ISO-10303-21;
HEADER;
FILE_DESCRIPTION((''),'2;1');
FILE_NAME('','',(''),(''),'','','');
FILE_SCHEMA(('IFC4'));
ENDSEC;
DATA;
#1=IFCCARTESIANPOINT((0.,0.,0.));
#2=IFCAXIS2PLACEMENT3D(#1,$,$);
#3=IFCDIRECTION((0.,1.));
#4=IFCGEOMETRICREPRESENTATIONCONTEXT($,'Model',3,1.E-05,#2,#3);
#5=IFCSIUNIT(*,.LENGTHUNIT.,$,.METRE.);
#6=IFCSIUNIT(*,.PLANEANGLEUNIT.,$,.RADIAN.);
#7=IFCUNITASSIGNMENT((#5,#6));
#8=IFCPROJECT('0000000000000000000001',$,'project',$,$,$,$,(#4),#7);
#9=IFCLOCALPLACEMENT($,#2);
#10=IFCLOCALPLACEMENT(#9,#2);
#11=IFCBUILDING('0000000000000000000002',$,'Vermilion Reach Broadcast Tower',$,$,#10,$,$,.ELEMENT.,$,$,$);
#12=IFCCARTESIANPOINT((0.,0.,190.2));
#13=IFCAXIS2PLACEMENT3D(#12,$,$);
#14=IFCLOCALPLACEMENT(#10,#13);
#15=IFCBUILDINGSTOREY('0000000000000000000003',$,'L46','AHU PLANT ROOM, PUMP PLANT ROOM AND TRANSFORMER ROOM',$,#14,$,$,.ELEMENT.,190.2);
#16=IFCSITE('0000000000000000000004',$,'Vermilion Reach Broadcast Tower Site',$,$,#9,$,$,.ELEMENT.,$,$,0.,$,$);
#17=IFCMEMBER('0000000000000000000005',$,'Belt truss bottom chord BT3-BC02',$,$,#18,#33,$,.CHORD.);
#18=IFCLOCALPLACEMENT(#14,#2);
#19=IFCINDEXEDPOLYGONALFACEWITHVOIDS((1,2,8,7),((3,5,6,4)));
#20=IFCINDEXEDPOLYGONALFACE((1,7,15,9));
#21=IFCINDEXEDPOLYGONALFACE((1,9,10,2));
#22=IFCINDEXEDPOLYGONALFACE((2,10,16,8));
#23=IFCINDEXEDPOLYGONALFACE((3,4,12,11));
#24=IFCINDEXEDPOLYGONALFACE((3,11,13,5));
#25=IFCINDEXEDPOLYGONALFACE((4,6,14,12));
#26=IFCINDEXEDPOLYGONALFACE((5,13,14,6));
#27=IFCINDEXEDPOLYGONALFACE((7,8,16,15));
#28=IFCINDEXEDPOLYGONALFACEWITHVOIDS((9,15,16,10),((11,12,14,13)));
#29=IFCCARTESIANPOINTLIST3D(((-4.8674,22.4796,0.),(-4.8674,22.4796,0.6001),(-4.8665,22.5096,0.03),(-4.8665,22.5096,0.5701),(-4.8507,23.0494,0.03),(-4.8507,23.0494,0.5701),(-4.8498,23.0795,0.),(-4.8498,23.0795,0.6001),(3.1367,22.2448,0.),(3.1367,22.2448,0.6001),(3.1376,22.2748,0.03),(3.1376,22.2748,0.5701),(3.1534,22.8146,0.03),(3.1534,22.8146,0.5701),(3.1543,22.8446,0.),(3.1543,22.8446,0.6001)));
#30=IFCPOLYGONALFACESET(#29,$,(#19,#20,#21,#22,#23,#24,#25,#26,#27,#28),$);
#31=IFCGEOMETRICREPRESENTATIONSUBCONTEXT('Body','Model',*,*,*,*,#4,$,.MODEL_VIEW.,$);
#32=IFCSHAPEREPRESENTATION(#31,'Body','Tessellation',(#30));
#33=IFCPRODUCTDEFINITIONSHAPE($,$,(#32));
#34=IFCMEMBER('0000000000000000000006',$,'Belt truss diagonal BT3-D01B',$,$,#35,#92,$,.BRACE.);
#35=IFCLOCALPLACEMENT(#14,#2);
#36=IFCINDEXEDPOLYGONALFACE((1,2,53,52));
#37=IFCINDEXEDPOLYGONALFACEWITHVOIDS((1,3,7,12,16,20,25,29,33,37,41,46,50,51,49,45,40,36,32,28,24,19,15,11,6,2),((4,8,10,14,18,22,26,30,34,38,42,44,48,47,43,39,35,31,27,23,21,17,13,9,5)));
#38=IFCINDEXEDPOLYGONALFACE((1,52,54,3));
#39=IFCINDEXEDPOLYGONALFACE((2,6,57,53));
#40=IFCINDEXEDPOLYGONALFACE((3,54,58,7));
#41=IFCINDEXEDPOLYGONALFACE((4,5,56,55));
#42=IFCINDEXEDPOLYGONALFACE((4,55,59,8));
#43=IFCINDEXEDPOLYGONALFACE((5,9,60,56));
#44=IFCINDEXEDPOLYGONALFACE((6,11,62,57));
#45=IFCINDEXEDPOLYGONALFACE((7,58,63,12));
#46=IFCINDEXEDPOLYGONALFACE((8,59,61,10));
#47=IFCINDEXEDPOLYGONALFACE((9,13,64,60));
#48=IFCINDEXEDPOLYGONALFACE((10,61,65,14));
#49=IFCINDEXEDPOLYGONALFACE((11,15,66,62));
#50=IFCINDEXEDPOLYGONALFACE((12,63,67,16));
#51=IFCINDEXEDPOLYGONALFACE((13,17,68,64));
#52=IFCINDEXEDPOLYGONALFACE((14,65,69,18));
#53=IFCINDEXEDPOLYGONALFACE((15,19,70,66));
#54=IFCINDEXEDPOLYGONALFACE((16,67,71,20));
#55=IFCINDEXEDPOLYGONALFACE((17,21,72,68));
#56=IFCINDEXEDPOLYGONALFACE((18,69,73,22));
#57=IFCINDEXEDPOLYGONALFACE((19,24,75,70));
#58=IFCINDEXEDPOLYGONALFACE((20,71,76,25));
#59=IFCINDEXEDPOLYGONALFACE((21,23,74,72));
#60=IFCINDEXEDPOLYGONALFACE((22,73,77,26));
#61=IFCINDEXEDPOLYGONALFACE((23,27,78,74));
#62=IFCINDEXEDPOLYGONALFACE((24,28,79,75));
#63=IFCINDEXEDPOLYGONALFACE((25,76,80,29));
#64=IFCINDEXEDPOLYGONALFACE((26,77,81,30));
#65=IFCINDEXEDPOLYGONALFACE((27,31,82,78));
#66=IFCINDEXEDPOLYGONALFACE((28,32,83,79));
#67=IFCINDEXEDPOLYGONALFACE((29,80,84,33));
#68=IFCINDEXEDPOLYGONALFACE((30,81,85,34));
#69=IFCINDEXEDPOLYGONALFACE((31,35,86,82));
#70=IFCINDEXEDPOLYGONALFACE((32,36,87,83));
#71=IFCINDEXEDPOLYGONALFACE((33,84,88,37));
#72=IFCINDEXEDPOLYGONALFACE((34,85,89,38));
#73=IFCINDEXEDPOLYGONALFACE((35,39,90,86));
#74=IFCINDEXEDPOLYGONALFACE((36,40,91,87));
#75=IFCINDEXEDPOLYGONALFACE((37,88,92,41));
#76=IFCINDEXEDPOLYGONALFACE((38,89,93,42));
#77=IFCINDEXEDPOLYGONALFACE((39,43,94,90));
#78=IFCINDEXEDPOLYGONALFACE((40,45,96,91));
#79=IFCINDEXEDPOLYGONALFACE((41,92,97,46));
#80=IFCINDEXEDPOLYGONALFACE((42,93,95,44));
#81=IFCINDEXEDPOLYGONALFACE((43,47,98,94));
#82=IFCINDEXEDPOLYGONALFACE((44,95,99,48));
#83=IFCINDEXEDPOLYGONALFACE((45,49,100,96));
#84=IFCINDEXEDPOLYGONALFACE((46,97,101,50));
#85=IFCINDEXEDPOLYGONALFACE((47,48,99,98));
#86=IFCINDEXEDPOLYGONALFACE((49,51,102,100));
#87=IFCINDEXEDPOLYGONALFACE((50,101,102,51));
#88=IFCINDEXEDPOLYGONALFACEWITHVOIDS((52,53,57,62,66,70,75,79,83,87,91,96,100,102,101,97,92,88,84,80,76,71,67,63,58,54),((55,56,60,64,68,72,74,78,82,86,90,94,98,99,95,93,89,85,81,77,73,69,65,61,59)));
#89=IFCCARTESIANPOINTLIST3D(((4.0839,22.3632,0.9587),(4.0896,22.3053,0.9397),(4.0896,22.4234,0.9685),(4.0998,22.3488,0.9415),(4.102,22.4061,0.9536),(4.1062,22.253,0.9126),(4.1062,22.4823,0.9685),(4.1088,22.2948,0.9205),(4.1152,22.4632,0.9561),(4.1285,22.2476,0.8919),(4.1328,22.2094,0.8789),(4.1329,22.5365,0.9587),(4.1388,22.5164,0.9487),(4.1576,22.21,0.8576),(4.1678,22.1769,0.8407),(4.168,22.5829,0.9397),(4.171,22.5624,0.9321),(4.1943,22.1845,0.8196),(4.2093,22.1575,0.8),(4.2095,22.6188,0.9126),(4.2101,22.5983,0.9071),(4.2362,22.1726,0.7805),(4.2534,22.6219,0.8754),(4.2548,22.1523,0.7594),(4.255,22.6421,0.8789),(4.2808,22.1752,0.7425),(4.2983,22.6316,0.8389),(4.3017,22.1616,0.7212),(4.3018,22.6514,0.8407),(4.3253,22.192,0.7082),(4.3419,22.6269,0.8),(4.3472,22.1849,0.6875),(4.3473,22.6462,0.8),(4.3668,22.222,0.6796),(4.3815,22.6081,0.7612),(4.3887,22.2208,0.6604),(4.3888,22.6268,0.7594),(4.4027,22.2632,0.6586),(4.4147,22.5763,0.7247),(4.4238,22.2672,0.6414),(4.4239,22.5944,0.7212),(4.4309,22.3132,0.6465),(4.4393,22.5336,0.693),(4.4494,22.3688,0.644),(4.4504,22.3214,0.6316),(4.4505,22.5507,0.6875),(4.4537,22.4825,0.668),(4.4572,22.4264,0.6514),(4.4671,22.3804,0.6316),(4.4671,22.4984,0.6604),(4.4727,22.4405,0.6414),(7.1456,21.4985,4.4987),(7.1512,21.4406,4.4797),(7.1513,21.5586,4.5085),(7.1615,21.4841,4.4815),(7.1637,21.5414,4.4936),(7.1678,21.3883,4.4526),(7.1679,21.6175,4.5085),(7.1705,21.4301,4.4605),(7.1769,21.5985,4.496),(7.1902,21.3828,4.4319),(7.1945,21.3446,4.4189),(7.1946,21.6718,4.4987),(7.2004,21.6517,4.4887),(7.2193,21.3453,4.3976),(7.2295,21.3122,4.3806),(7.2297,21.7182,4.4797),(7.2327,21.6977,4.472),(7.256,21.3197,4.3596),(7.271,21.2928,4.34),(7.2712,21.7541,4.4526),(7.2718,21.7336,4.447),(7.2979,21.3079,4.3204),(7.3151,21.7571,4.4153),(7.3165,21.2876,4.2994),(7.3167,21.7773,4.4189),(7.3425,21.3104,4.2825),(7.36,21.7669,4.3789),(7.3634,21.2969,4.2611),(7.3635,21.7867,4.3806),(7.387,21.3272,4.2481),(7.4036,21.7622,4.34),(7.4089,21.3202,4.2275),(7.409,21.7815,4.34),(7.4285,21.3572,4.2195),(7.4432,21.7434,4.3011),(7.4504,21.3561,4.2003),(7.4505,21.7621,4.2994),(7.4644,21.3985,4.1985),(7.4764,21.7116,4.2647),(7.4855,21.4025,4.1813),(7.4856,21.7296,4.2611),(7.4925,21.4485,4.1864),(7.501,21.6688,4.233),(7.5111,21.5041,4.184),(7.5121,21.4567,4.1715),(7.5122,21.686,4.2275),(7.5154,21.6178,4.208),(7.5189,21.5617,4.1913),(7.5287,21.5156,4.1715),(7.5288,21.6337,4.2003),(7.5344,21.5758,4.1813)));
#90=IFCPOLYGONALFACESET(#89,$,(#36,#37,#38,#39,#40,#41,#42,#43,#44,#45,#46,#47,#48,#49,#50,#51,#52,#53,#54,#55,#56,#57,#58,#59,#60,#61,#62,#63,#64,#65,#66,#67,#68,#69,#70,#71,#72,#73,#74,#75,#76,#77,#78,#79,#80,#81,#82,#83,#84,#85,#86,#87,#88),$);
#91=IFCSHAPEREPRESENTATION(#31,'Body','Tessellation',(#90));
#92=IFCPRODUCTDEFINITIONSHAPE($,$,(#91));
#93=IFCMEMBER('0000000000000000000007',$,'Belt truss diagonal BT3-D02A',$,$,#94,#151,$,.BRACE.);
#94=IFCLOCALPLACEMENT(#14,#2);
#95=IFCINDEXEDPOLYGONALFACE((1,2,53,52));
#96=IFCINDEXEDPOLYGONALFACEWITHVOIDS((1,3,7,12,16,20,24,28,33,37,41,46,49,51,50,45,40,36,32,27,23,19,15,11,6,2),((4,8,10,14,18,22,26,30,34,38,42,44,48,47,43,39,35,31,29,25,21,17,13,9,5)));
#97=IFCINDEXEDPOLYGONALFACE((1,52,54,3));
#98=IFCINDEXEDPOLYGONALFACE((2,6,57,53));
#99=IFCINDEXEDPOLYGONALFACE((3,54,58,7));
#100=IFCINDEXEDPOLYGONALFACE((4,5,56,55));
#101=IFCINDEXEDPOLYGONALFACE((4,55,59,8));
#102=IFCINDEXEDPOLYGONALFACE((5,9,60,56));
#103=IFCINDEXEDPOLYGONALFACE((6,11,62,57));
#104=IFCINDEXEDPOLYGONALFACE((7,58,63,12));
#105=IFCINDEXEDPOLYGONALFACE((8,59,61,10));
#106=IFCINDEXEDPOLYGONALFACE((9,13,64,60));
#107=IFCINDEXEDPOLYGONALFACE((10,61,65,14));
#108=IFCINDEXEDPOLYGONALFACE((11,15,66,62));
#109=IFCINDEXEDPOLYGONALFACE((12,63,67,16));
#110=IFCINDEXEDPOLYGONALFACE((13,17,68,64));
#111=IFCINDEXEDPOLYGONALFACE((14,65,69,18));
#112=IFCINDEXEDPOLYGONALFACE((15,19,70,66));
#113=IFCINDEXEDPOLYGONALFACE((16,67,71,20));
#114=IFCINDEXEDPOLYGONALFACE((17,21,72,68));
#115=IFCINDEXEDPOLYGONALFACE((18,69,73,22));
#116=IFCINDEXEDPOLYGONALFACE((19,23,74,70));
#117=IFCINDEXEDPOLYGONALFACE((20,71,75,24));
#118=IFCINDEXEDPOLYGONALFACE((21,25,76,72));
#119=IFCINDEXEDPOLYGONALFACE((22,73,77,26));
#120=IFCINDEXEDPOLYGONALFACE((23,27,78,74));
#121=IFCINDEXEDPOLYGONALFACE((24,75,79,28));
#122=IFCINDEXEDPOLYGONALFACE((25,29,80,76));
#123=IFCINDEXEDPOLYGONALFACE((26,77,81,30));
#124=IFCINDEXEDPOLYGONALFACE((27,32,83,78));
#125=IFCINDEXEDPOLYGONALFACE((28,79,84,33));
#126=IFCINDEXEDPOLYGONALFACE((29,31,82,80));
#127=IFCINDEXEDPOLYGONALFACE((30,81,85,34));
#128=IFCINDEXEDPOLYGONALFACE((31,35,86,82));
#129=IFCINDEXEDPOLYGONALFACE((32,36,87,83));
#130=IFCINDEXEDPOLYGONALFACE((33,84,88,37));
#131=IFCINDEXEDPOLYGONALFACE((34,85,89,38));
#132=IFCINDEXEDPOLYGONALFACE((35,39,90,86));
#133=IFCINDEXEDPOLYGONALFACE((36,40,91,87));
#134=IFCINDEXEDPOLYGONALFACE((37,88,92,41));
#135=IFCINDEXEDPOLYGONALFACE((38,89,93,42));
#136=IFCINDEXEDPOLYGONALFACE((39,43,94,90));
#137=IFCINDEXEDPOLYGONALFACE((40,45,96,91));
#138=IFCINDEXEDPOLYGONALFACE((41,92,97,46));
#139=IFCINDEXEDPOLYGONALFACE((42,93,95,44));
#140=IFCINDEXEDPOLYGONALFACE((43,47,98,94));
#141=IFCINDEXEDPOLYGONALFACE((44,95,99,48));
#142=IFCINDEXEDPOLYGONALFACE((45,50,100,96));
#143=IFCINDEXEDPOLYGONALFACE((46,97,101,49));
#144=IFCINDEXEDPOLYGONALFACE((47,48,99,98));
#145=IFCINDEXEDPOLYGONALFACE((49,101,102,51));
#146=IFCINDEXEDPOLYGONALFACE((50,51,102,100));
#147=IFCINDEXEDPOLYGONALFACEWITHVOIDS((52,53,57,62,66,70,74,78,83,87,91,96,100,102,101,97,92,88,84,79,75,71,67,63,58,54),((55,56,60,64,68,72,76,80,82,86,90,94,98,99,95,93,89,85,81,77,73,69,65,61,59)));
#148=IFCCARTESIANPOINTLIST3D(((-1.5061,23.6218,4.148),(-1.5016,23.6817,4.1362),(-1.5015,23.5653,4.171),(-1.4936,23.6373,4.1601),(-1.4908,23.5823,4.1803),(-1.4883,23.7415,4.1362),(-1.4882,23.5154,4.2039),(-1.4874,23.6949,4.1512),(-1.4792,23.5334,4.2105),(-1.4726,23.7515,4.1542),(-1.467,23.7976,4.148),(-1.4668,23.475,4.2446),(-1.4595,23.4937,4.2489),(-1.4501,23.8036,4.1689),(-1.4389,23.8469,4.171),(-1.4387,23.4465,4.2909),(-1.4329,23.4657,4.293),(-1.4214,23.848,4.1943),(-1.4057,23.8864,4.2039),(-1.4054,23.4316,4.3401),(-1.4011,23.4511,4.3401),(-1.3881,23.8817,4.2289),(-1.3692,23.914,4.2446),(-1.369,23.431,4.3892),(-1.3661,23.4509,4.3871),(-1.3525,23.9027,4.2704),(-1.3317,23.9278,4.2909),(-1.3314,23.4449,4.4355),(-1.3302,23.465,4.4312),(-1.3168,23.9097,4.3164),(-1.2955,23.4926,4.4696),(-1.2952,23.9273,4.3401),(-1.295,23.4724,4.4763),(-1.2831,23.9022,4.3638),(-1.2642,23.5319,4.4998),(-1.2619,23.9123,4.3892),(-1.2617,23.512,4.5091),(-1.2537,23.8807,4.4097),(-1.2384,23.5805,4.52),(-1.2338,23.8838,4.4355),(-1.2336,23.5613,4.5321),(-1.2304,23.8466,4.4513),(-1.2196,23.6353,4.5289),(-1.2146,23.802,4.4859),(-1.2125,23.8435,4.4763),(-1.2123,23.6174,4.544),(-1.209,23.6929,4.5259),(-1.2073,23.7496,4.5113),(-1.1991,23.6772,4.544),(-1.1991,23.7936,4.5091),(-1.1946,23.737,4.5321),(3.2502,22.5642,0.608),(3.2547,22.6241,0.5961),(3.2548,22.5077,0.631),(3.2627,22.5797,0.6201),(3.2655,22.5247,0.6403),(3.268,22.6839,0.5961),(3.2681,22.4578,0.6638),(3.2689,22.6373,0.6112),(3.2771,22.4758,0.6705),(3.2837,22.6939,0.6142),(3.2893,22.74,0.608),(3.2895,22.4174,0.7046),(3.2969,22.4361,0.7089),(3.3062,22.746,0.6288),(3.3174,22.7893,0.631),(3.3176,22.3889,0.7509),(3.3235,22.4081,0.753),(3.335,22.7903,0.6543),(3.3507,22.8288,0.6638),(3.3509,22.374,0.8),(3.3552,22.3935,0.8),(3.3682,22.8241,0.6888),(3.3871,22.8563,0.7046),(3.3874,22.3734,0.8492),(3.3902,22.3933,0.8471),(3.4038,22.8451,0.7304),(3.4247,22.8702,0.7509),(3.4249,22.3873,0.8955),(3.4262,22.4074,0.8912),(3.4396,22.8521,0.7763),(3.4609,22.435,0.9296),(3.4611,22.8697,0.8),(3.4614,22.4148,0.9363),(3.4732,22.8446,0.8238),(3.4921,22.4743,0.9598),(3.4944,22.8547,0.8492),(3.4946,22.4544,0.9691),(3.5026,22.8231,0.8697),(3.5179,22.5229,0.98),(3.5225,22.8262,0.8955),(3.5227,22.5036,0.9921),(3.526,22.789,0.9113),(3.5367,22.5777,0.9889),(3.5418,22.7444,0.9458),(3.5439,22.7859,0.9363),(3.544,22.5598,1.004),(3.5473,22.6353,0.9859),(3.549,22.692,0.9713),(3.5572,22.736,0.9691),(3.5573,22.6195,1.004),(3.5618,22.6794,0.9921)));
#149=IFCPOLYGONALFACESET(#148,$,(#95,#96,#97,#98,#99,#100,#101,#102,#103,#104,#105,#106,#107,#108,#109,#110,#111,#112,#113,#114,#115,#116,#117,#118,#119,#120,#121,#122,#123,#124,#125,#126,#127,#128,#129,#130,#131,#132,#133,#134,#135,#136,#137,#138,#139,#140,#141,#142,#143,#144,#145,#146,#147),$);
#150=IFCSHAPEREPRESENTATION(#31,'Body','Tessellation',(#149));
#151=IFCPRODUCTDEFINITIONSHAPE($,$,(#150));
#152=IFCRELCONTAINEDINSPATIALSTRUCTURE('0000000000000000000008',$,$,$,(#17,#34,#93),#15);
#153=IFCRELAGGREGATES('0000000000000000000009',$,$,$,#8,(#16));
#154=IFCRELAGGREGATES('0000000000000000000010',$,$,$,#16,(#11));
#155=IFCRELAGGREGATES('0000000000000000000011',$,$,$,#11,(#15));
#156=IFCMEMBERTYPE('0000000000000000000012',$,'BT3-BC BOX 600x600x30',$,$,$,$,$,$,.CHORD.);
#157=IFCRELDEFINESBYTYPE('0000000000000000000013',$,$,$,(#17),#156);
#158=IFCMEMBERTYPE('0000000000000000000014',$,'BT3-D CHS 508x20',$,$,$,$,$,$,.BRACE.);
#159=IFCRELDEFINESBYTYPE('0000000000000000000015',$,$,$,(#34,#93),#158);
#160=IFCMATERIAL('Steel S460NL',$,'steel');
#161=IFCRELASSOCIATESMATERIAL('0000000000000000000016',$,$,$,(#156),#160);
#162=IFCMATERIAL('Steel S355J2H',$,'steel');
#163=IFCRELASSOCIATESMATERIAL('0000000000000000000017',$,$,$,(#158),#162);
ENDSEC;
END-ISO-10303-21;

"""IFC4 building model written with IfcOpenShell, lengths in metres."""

from ifc_helpers import new_model, si_unit, direction, frame, origin, origin_2d, place, context, subcontext, project, spatial, hollow_rectangle, hollow_circle, extrude, material, material_profile, profile_set, type_object, element, save


model = new_model("IFC4")

# Units and contexts
model_context = context("Model", 3, precision=1e-05, world=origin(), true_north=direction((0.0, 1.0)))
body_context = subcontext(model_context, "Body", "Model", "MODEL_VIEW")
ifc_project = project(units=[si_unit("LENGTHUNIT", "METRE"), si_unit("PLANEANGLEUNIT", "RADIAN")], contexts=[model_context])

# Site, building, storey
site_placement = place(None, origin())
site = spatial("IfcSite", under=ifc_project, at=site_placement, Name="Vermilion Reach Broadcast Tower Site", CompositionType="ELEMENT", RefElevation=0.0)
building_placement = place(site_placement, origin())
building = spatial("IfcBuilding", under=site, at=building_placement, Name="Vermilion Reach Broadcast Tower", CompositionType="ELEMENT")
storey_placement = place(building_placement, frame((0.0, 0.0, 190.2)))
storey = spatial("IfcBuildingStorey", under=building, at=storey_placement, Name="L46", Description="AHU PLANT ROOM, PUMP PLANT ROOM AND TRANSFORMER ROOM", CompositionType="ELEMENT", Elevation=190.2)

# Members
ifc_material_1 = material(Name="Steel S460NL", Category="steel")
ifc_material_profile_1 = material_profile(ifc_material_1, hollow_rectangle(XDim=0.6001, YDim=0.6001, WallThickness=0.03, at=origin_2d()), Name="S460NL BOX 600x600x30")
ifc_profile_set_1 = profile_set([ifc_material_profile_1], Name="Steel S460NL")
member_type_1 = type_object("IfcMemberType", Name="BT3-BC BOX 600x600x30", PredefinedType="CHORD", material=ifc_profile_set_1)
member_1_placement = place(storey_placement, frame((3.1455, 22.5447, 0.3), z_axis=(-0.99957, 0.02933, 0.0), x_axis=(-0.02933, -0.99957, 0.0)))
element("IfcMember", 1, at=member_1_placement, inside=storey, type_object=member_type_1, Name="Belt truss bottom chord BT3-BC02", PredefinedType="CHORD", context=body_context, shape_type="SweptSolid", body=[
    extrude(hollow_rectangle(XDim=0.6001, YDim=0.6001, WallThickness=0.03, at=origin_2d()), origin(), (0.0, 0.0, 1.0), 8.0076),
])
ifc_material_2 = material(Name="Steel S355J2H", Category="steel")
ifc_material_profile_2 = material_profile(ifc_material_2, hollow_circle(Radius=0.2539, WallThickness=0.02, at=origin_2d()), Name="S355J2H CHS 508x20")
ifc_profile_set_2 = profile_set([ifc_material_profile_2], Name="Steel S355J2H")
member_type_2 = type_object("IfcMemberType", Name="BT3-D CHS 508x20", PredefinedType="BRACE", material=ifc_profile_set_2)
member_2_placement = place(storey_placement, frame((4.2783, 22.4019, 0.8), z_axis=(0.643278, -0.181683, 0.743763), x_axis=(0.271801, 0.962353, 0.0)))
element("IfcMember", 2, at=member_2_placement, inside=storey, type_object=member_type_2, Name="Belt truss diagonal BT3-D01B", PredefinedType="BRACE", context=body_context, shape_type="SweptSolid", body=[
    extrude(hollow_circle(Radius=0.2539, WallThickness=0.02, at=origin_2d()), origin(), (0.0, 0.0, 1.0), 4.7595),
])
member_3_placement = place(storey_placement, frame((3.406, 22.6218, 0.8), z_axis=(-0.789733, 0.175604, 0.58778), x_axis=(-0.217058, -0.976159, 0.0)))
element("IfcMember", 3, at=member_3_placement, inside=storey, type_object=member_type_2, Name="Belt truss diagonal BT3-D02A", PredefinedType="BRACE", context=body_context, shape_type="SweptSolid", body=[
    extrude(hollow_circle(Radius=0.2539, WallThickness=0.02, at=origin_2d()), origin(), (0.0, 0.0, 1.0), 6.0227),
])

save(model, "model.ifc")
